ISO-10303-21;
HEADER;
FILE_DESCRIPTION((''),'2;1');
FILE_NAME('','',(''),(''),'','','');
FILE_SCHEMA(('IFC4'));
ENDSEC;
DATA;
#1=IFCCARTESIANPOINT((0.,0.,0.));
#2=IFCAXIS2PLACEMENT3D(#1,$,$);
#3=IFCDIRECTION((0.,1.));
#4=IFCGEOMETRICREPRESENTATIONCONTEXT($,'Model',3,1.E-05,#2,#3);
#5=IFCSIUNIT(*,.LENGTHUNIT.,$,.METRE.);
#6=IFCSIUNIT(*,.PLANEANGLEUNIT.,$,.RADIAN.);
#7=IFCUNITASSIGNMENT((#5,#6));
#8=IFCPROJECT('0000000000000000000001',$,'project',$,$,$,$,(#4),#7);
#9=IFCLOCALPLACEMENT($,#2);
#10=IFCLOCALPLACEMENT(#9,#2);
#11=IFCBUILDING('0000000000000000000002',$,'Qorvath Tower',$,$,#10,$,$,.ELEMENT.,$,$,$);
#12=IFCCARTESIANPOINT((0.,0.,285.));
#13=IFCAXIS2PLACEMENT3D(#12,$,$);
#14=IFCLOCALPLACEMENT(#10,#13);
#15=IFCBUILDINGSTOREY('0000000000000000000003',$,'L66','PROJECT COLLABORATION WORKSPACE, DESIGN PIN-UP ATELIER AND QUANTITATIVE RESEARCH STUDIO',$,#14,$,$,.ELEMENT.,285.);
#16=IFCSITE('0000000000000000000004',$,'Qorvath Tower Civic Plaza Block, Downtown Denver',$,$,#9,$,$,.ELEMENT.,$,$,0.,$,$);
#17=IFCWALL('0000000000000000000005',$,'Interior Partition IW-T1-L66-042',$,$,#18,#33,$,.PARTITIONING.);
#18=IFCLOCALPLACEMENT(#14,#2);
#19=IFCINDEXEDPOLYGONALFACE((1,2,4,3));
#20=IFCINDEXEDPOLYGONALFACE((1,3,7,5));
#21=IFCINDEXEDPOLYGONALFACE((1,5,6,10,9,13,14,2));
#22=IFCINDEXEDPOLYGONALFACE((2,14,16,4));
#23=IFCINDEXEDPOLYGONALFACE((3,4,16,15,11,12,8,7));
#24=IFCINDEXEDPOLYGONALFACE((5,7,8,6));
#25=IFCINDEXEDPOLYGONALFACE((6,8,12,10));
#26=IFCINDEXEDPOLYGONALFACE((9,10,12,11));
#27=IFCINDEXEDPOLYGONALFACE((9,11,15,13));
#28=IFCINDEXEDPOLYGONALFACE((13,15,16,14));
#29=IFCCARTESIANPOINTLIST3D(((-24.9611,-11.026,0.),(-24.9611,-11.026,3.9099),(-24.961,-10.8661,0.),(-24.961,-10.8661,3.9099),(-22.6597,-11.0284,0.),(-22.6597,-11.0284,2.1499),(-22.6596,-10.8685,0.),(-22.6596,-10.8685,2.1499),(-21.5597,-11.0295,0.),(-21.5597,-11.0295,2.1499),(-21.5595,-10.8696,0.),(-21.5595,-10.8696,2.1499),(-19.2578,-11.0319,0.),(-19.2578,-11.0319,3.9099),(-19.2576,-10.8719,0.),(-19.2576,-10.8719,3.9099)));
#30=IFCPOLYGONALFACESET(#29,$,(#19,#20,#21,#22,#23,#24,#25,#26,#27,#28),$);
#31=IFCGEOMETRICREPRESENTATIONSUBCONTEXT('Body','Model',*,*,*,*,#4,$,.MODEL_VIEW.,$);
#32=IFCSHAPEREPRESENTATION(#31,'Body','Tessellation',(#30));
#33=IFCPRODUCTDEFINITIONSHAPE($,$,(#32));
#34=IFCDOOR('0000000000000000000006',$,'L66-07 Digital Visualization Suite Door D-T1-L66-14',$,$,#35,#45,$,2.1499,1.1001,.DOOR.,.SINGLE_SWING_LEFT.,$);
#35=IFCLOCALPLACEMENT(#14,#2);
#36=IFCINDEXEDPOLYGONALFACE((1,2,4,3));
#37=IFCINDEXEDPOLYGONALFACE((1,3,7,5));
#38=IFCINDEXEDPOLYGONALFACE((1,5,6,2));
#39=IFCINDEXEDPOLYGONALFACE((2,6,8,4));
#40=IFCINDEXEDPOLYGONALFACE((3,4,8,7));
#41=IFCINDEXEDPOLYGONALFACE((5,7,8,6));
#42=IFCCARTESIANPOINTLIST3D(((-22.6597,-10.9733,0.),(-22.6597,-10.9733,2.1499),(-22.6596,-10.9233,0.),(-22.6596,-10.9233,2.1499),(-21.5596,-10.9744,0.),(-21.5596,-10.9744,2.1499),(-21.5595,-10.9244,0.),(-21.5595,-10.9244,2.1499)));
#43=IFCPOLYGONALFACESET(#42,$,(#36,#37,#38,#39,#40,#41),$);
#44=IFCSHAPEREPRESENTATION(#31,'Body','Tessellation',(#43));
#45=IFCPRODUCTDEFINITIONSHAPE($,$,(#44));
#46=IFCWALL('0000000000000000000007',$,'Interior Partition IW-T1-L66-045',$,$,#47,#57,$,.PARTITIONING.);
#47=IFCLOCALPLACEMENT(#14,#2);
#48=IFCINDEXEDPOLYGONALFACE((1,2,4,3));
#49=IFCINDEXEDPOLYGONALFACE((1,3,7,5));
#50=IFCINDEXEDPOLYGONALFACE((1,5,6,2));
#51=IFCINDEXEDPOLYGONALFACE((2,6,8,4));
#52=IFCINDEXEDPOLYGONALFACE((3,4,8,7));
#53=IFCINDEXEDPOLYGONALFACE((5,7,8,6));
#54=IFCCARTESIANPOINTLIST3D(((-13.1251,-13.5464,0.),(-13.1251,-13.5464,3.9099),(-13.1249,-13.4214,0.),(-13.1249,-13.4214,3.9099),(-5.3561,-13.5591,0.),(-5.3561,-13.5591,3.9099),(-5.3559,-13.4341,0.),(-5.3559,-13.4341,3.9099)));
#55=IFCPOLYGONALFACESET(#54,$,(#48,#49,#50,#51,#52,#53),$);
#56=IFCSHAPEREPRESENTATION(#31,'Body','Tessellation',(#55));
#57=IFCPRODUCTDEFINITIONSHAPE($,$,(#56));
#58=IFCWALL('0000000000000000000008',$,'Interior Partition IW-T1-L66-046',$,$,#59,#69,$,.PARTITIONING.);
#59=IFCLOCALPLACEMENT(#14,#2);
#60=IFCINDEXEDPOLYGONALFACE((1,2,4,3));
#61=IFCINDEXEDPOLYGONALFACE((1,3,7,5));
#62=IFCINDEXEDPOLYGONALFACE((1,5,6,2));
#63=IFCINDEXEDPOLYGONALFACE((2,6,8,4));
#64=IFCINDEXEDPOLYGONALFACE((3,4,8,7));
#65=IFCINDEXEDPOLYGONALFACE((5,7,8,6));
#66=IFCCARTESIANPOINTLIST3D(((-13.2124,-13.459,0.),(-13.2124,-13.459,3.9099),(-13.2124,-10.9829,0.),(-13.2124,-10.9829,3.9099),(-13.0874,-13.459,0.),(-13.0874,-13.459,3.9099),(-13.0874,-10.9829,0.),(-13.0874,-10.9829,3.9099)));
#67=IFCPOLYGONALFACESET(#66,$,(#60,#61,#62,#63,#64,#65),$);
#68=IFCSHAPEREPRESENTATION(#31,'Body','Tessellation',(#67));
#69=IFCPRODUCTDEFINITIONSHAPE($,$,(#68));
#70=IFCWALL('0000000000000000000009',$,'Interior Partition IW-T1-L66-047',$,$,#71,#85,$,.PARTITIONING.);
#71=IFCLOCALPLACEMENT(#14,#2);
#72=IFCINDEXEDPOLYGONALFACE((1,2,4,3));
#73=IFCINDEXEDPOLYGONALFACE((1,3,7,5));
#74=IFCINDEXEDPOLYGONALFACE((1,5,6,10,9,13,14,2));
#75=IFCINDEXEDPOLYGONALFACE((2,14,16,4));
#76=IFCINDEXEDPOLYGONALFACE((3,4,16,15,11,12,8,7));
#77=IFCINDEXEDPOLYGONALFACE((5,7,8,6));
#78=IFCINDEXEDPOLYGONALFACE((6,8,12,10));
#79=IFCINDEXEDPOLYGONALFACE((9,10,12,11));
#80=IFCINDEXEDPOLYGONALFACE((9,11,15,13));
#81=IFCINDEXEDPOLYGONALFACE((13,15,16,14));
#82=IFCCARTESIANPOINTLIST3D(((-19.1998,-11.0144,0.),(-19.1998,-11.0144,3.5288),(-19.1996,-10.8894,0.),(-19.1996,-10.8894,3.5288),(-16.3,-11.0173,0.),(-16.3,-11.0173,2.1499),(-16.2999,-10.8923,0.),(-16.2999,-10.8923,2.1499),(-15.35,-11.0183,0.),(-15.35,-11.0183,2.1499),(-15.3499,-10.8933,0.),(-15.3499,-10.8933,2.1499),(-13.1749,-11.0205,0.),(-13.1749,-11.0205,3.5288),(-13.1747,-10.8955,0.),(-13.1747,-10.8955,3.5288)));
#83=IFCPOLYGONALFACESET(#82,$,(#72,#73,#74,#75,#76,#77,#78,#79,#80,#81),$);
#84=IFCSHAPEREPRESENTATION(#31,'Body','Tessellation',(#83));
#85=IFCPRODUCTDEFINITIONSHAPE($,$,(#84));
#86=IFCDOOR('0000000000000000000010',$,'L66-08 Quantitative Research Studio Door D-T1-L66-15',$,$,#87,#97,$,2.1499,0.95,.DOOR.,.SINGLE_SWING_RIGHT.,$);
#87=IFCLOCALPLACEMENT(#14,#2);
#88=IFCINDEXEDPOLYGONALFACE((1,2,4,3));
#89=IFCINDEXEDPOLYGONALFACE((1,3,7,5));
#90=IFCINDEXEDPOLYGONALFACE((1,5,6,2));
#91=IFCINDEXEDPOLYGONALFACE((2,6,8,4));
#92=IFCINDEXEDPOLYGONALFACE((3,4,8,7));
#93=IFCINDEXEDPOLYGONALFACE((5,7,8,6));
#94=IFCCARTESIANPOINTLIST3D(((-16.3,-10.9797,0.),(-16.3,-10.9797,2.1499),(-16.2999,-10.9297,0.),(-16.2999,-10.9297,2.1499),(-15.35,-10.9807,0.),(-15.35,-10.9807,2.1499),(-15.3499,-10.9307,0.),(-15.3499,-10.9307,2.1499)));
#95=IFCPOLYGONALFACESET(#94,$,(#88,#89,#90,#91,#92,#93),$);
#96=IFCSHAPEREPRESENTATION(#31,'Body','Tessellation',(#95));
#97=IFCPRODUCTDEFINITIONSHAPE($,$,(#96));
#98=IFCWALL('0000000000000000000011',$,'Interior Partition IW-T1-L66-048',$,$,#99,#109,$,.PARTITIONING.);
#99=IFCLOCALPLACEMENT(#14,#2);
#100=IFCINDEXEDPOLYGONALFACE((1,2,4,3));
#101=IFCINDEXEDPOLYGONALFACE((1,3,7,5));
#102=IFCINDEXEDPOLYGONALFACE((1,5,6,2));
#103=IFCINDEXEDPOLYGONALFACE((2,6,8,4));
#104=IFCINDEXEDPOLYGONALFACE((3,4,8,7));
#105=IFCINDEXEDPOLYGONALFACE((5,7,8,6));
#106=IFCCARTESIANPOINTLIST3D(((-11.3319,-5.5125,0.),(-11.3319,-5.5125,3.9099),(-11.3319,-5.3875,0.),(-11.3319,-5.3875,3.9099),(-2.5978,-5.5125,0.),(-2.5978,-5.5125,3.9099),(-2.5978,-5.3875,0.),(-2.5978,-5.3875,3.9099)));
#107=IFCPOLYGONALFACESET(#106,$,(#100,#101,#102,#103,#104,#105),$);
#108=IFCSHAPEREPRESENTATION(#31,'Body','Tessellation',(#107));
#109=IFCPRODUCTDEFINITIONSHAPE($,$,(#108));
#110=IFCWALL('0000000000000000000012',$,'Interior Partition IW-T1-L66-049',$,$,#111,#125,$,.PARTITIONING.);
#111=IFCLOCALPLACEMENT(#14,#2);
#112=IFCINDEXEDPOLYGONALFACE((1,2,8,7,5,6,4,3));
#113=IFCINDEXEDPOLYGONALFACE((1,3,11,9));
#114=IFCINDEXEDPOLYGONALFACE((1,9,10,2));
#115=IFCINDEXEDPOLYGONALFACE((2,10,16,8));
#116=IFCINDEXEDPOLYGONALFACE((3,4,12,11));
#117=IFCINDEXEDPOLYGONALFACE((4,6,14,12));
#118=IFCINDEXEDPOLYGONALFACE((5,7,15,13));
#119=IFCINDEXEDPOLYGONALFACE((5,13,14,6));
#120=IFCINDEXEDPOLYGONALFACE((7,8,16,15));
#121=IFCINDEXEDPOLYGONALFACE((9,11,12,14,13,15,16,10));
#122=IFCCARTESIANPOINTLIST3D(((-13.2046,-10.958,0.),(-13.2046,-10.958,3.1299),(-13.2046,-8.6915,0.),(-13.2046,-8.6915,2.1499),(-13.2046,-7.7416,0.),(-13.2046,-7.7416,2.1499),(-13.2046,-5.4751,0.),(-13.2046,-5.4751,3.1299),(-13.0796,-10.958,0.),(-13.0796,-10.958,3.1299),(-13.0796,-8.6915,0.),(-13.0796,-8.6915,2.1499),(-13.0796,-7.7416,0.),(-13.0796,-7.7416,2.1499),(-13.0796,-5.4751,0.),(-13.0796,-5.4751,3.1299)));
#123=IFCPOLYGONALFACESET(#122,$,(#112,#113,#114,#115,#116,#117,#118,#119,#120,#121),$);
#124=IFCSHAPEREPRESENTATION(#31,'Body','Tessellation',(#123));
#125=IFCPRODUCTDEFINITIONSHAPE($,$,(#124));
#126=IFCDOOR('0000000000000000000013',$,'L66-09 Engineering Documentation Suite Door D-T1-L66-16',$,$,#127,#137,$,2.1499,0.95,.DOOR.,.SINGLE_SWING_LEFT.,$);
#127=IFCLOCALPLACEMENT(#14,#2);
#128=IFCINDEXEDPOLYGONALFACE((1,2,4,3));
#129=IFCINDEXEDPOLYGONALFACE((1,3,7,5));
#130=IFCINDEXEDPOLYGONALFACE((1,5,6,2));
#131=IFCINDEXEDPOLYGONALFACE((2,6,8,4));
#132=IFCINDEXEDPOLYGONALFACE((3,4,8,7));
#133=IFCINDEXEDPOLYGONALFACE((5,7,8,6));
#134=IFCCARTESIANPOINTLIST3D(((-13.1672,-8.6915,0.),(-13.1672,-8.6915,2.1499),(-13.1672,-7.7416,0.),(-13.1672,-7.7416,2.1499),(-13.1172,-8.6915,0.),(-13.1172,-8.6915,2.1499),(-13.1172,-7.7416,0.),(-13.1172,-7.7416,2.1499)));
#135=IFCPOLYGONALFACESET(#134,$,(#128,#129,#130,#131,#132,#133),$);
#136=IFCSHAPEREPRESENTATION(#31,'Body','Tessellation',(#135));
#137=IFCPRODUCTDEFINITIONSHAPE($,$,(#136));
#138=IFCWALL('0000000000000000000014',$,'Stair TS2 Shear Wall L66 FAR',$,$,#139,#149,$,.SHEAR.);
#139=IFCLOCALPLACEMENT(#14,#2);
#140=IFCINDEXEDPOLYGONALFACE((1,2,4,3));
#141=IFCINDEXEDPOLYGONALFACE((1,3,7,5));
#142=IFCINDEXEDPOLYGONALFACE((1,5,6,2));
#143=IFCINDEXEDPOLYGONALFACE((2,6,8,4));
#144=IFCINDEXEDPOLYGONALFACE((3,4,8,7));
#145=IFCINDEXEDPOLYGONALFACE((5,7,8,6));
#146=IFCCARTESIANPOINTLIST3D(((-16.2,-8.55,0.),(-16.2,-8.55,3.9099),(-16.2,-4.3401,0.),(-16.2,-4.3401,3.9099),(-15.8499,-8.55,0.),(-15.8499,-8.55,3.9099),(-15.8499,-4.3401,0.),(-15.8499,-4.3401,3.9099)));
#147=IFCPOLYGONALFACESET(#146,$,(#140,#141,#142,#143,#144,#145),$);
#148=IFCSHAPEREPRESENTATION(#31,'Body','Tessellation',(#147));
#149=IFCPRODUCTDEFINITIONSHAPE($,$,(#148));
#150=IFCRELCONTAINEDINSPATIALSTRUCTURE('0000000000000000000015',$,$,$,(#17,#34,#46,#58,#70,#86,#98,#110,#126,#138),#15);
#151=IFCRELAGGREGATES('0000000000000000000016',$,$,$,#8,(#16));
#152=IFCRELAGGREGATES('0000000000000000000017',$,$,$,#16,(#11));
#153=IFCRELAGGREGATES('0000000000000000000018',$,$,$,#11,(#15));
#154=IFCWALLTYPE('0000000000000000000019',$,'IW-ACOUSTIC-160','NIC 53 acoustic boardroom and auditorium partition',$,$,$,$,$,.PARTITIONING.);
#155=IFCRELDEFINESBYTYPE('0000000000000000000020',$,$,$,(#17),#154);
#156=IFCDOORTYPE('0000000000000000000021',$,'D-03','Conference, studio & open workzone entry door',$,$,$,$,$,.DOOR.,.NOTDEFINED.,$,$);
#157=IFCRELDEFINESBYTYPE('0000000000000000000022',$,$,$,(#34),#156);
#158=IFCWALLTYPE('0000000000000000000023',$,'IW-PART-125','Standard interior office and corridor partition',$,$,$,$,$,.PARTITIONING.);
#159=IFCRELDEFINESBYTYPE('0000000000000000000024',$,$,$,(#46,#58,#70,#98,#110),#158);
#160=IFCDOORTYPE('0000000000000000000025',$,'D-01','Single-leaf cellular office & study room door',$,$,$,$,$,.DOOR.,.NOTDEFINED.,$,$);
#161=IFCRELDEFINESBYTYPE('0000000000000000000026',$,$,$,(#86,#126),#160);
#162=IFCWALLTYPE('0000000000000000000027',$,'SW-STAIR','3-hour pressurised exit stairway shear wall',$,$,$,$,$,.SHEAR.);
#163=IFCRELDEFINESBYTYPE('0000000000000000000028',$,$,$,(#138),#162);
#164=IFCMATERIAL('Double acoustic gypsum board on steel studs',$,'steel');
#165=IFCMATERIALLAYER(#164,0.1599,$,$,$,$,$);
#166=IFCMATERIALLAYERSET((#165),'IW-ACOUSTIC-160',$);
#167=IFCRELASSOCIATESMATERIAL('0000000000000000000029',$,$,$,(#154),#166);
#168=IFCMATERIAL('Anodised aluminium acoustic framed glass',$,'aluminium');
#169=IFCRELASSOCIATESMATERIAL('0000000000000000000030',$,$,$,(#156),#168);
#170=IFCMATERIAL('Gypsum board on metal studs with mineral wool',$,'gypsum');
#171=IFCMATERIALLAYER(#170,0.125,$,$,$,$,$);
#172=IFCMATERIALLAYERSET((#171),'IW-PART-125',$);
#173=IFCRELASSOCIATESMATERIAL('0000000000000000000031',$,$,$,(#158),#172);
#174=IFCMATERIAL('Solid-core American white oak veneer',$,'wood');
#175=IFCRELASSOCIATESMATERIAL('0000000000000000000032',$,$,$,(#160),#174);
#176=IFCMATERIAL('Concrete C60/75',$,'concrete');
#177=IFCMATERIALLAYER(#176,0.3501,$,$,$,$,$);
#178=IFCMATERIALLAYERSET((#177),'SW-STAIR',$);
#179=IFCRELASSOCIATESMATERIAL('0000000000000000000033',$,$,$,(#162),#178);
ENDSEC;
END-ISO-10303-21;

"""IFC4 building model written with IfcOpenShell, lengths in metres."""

from ifc_helpers import new_model, si_unit, direction, frame, frame_2d, origin, place, context, subcontext, project, spatial, rectangle, extrude, material, layer, layer_set, type_object, element, fill, save


model = new_model("IFC4")

# Units and contexts
model_context = context("Model", 3, precision=1e-05, world=origin(), true_north=direction((0.0, 1.0)))
body_context = subcontext(model_context, "Body", "Model", "MODEL_VIEW")
ifc_project = project(units=[si_unit("LENGTHUNIT", "METRE"), si_unit("PLANEANGLEUNIT", "RADIAN")], contexts=[model_context])

# Site, building, storey
site_placement = place(None, origin())
site = spatial("IfcSite", under=ifc_project, at=site_placement, Name="Qorvath Tower Civic Plaza Block, Downtown Denver", CompositionType="ELEMENT", RefElevation=0.0)
building_placement = place(site_placement, origin())
building = spatial("IfcBuilding", under=site, at=building_placement, Name="Qorvath Tower", CompositionType="ELEMENT")
storey_placement = place(building_placement, frame((0.0, 0.0, 285.0)))
storey = spatial("IfcBuildingStorey", under=building, at=storey_placement, Name="L66", Description="PROJECT COLLABORATION WORKSPACE, DESIGN PIN-UP ATELIER AND QUANTITATIVE RESEARCH STUDIO", CompositionType="ELEMENT", Elevation=285.0)

# Wall, opening, door
ifc_material_1 = material(Name="Double acoustic gypsum board on steel studs", Category="steel")
ifc_layer_1 = layer(ifc_material_1, 0.1599)
ifc_layer_set_1 = layer_set([ifc_layer_1], Name="IW-ACOUSTIC-160")
wall_type_1 = type_object("IfcWallType", Name="IW-ACOUSTIC-160", Description="NIC 53 acoustic boardroom and auditorium partition", PredefinedType="PARTITIONING", material=ifc_layer_set_1)
wall_1_placement = place(storey_placement, frame((-19.2578, -10.9519, 0.0), z_axis=(0.0, 0.0, 1.0), x_axis=(-0.999999, 0.001027, 0.0)))
wall_1 = element("IfcWall", 1, at=wall_1_placement, inside=storey, type_object=wall_type_1, Name="Interior Partition IW-T1-L66-042", PredefinedType="PARTITIONING", context=body_context, shape_type="SweptSolid", body=[
    extrude(rectangle(XDim=5.7034, YDim=0.1599, at=frame_2d((2.8516, 0.0))), origin(), (0.0, 0.0, 1.0), 3.9099),
])
opening_1_placement = place(wall_1_placement, frame((2.3018, 0.0, 0.0)))
opening_1 = element("IfcOpeningElement", 2, at=opening_1_placement, cuts=wall_1, PredefinedType="OPENING", context=body_context, shape_type="SweptSolid", body=[
    extrude(rectangle(XDim=1.1001, YDim=2.1499, at=frame_2d((0.55, 1.075))), frame((0.0, 0.0898, 0.0), z_axis=(0.0, -1.0, 0.0), x_axis=(1.0, 0.0, 0.0)), (0.0, 0.0, 1.0), 0.1799),
])
ifc_material_2 = material(Name="Anodised aluminium acoustic framed glass", Category="aluminium")
door_type_1 = type_object("IfcDoorType", Name="D-03", Description="Conference, studio & open workzone entry door", OperationType="NOTDEFINED", PredefinedType="DOOR", material=ifc_material_2)
door_1_placement = place(opening_1_placement, origin())
door_1 = element("IfcDoor", 3, at=door_1_placement, inside=storey, type_object=door_type_1, Name="L66-07 Digital Visualization Suite Door D-T1-L66-14", OperationType="SINGLE_SWING_LEFT", OverallHeight=2.1499, OverallWidth=1.1001, PredefinedType="DOOR", context=body_context, shape_type="SweptSolid", body=[
    extrude(rectangle(XDim=1.1001, YDim=2.1499, at=frame_2d((0.55, 1.075))), frame((0.0, 0.0249, 0.0), z_axis=(0.0, -1.0, 0.0), x_axis=(1.0, 0.0, 0.0)), (0.0, 0.0, 1.0), 0.05),
])
fill(opening_1, door_1)

# Walls
ifc_material_3 = material(Name="Gypsum board on metal studs with mineral wool", Category="gypsum")
ifc_layer_2 = layer(ifc_material_3, 0.125)
ifc_layer_set_2 = layer_set([ifc_layer_2], Name="IW-PART-125")
wall_type_2 = type_object("IfcWallType", Name="IW-PART-125", Description="Standard interior office and corridor partition", PredefinedType="PARTITIONING", material=ifc_layer_set_2)
wall_2_placement = place(storey_placement, frame((-5.356, -13.4966, 0.0), z_axis=(0.0, 0.0, 1.0), x_axis=(-0.999999, 0.001634, 0.0)))
element("IfcWall", 4, at=wall_2_placement, inside=storey, type_object=wall_type_2, Name="Interior Partition IW-T1-L66-045", PredefinedType="PARTITIONING", context=body_context, shape_type="SweptSolid", body=[
    extrude(rectangle(XDim=7.769, YDim=0.125, at=frame_2d((3.8845, 0.0))), origin(), (0.0, 0.0, 1.0), 3.9099),
])
wall_3_placement = place(storey_placement, frame((-13.1499, -13.459, 0.0), z_axis=(0.0, 0.0, 1.0), x_axis=(0.0, 1.0, 0.0)))
element("IfcWall", 5, at=wall_3_placement, inside=storey, type_object=wall_type_2, Name="Interior Partition IW-T1-L66-046", PredefinedType="PARTITIONING", context=body_context, shape_type="SweptSolid", body=[
    extrude(rectangle(XDim=2.4761, YDim=0.125, at=frame_2d((1.238, 0.0))), origin(), (0.0, 0.0, 1.0), 3.9099),
])

# Wall, opening, door
wall_4_placement = place(storey_placement, frame((-13.1748, -10.958, 0.0), z_axis=(0.0, 0.0, 1.0), x_axis=(-0.999999, 0.001013, 0.0)))
wall_4 = element("IfcWall", 6, at=wall_4_placement, inside=storey, type_object=wall_type_2, Name="Interior Partition IW-T1-L66-047", PredefinedType="PARTITIONING", context=body_context, shape_type="SweptSolid", body=[
    extrude(rectangle(XDim=6.0249, YDim=0.125, at=frame_2d((3.0125, 0.0))), origin(), (0.0, 0.0, 1.0), 3.5288),
])
opening_2_placement = place(wall_4_placement, frame((2.175, 0.0, 0.0)))
opening_2 = element("IfcOpeningElement", 7, at=opening_2_placement, cuts=wall_4, PredefinedType="OPENING", context=body_context, shape_type="SweptSolid", body=[
    extrude(rectangle(XDim=0.95, YDim=2.1499, at=frame_2d((0.4751, 1.075))), frame((0.0, 0.0725, 0.0), z_axis=(0.0, -1.0, 0.0), x_axis=(1.0, 0.0, 0.0)), (0.0, 0.0, 1.0), 0.145),
])
ifc_material_4 = material(Name="Solid-core American white oak veneer", Category="wood")
door_type_2 = type_object("IfcDoorType", Name="D-01", Description="Single-leaf cellular office & study room door", OperationType="NOTDEFINED", PredefinedType="DOOR", material=ifc_material_4)
door_2_placement = place(opening_2_placement, origin())
door_2 = element("IfcDoor", 8, at=door_2_placement, inside=storey, type_object=door_type_2, Name="L66-08 Quantitative Research Studio Door D-T1-L66-15", OperationType="SINGLE_SWING_RIGHT", OverallHeight=2.1499, OverallWidth=0.95, PredefinedType="DOOR", context=body_context, shape_type="SweptSolid", body=[
    extrude(rectangle(XDim=0.95, YDim=2.1499, at=frame_2d((0.4751, 1.075))), frame((0.0, 0.0249, 0.0), z_axis=(0.0, -1.0, 0.0), x_axis=(1.0, 0.0, 0.0)), (0.0, 0.0, 1.0), 0.05),
])
fill(opening_2, door_2)

# Wall
wall_5_placement = place(storey_placement, frame((-2.5977, -5.45, 0.0), z_axis=(0.0, 0.0, 1.0), x_axis=(-1.0, 0.0, 0.0)))
element("IfcWall", 9, at=wall_5_placement, inside=storey, type_object=wall_type_2, Name="Interior Partition IW-T1-L66-048", PredefinedType="PARTITIONING", context=body_context, shape_type="SweptSolid", body=[
    extrude(rectangle(XDim=8.7341, YDim=0.125, at=frame_2d((4.3672, 0.0))), origin(), (0.0, 0.0, 1.0), 3.9099),
])

# Wall, opening, door
wall_6_placement = place(storey_placement, frame((-13.1421, -5.4751, 0.0), z_axis=(0.0, 0.0, 1.0), x_axis=(0.0, -1.0, 0.0)))
wall_6 = element("IfcWall", 10, at=wall_6_placement, inside=storey, type_object=wall_type_2, Name="Interior Partition IW-T1-L66-049", PredefinedType="PARTITIONING", context=body_context, shape_type="SweptSolid", body=[
    extrude(rectangle(XDim=5.4829, YDim=0.125, at=frame_2d((2.7415, 0.0))), origin(), (0.0, 0.0, 1.0), 3.1299),
])
opening_3_placement = place(wall_6_placement, frame((2.2664, 0.0, 0.0)))
opening_3 = element("IfcOpeningElement", 11, at=opening_3_placement, cuts=wall_6, PredefinedType="OPENING", context=body_context, shape_type="SweptSolid", body=[
    extrude(rectangle(XDim=0.95, YDim=2.1499, at=frame_2d((0.4751, 1.075))), frame((0.0, 0.0725, 0.0), z_axis=(0.0, -1.0, 0.0), x_axis=(1.0, 0.0, 0.0)), (0.0, 0.0, 1.0), 0.145),
])
door_3_placement = place(opening_3_placement, origin())
door_3 = element("IfcDoor", 12, at=door_3_placement, inside=storey, type_object=door_type_2, Name="L66-09 Engineering Documentation Suite Door D-T1-L66-16", OperationType="SINGLE_SWING_LEFT", OverallHeight=2.1499, OverallWidth=0.95, PredefinedType="DOOR", context=body_context, shape_type="SweptSolid", body=[
    extrude(rectangle(XDim=0.95, YDim=2.1499, at=frame_2d((0.4751, 1.075))), frame((0.0, 0.0249, 0.0), z_axis=(0.0, -1.0, 0.0), x_axis=(1.0, 0.0, 0.0)), (0.0, 0.0, 1.0), 0.05),
])
fill(opening_3, door_3)

# Wall
ifc_material_5 = material(Name="Concrete C60/75", Category="concrete")
ifc_layer_3 = layer(ifc_material_5, 0.3501)
ifc_layer_set_3 = layer_set([ifc_layer_3], Name="SW-STAIR")
wall_type_3 = type_object("IfcWallType", Name="SW-STAIR", Description="3-hour pressurised exit stairway shear wall", PredefinedType="SHEAR", material=ifc_layer_set_3)
wall_7_placement = place(storey_placement, frame((-16.0249, -8.55, 0.0), z_axis=(0.0, 0.0, 1.0), x_axis=(0.0, 1.0, 0.0)))
element("IfcWall", 13, at=wall_7_placement, inside=storey, type_object=wall_type_3, Name="Stair TS2 Shear Wall L66 FAR", PredefinedType="SHEAR", context=body_context, shape_type="SweptSolid", body=[
    extrude(rectangle(XDim=4.21, YDim=0.3501, at=frame_2d((2.105, 0.0))), origin(), (0.0, 0.0, 1.0), 3.9099),
])

save(model, "model.ifc")
